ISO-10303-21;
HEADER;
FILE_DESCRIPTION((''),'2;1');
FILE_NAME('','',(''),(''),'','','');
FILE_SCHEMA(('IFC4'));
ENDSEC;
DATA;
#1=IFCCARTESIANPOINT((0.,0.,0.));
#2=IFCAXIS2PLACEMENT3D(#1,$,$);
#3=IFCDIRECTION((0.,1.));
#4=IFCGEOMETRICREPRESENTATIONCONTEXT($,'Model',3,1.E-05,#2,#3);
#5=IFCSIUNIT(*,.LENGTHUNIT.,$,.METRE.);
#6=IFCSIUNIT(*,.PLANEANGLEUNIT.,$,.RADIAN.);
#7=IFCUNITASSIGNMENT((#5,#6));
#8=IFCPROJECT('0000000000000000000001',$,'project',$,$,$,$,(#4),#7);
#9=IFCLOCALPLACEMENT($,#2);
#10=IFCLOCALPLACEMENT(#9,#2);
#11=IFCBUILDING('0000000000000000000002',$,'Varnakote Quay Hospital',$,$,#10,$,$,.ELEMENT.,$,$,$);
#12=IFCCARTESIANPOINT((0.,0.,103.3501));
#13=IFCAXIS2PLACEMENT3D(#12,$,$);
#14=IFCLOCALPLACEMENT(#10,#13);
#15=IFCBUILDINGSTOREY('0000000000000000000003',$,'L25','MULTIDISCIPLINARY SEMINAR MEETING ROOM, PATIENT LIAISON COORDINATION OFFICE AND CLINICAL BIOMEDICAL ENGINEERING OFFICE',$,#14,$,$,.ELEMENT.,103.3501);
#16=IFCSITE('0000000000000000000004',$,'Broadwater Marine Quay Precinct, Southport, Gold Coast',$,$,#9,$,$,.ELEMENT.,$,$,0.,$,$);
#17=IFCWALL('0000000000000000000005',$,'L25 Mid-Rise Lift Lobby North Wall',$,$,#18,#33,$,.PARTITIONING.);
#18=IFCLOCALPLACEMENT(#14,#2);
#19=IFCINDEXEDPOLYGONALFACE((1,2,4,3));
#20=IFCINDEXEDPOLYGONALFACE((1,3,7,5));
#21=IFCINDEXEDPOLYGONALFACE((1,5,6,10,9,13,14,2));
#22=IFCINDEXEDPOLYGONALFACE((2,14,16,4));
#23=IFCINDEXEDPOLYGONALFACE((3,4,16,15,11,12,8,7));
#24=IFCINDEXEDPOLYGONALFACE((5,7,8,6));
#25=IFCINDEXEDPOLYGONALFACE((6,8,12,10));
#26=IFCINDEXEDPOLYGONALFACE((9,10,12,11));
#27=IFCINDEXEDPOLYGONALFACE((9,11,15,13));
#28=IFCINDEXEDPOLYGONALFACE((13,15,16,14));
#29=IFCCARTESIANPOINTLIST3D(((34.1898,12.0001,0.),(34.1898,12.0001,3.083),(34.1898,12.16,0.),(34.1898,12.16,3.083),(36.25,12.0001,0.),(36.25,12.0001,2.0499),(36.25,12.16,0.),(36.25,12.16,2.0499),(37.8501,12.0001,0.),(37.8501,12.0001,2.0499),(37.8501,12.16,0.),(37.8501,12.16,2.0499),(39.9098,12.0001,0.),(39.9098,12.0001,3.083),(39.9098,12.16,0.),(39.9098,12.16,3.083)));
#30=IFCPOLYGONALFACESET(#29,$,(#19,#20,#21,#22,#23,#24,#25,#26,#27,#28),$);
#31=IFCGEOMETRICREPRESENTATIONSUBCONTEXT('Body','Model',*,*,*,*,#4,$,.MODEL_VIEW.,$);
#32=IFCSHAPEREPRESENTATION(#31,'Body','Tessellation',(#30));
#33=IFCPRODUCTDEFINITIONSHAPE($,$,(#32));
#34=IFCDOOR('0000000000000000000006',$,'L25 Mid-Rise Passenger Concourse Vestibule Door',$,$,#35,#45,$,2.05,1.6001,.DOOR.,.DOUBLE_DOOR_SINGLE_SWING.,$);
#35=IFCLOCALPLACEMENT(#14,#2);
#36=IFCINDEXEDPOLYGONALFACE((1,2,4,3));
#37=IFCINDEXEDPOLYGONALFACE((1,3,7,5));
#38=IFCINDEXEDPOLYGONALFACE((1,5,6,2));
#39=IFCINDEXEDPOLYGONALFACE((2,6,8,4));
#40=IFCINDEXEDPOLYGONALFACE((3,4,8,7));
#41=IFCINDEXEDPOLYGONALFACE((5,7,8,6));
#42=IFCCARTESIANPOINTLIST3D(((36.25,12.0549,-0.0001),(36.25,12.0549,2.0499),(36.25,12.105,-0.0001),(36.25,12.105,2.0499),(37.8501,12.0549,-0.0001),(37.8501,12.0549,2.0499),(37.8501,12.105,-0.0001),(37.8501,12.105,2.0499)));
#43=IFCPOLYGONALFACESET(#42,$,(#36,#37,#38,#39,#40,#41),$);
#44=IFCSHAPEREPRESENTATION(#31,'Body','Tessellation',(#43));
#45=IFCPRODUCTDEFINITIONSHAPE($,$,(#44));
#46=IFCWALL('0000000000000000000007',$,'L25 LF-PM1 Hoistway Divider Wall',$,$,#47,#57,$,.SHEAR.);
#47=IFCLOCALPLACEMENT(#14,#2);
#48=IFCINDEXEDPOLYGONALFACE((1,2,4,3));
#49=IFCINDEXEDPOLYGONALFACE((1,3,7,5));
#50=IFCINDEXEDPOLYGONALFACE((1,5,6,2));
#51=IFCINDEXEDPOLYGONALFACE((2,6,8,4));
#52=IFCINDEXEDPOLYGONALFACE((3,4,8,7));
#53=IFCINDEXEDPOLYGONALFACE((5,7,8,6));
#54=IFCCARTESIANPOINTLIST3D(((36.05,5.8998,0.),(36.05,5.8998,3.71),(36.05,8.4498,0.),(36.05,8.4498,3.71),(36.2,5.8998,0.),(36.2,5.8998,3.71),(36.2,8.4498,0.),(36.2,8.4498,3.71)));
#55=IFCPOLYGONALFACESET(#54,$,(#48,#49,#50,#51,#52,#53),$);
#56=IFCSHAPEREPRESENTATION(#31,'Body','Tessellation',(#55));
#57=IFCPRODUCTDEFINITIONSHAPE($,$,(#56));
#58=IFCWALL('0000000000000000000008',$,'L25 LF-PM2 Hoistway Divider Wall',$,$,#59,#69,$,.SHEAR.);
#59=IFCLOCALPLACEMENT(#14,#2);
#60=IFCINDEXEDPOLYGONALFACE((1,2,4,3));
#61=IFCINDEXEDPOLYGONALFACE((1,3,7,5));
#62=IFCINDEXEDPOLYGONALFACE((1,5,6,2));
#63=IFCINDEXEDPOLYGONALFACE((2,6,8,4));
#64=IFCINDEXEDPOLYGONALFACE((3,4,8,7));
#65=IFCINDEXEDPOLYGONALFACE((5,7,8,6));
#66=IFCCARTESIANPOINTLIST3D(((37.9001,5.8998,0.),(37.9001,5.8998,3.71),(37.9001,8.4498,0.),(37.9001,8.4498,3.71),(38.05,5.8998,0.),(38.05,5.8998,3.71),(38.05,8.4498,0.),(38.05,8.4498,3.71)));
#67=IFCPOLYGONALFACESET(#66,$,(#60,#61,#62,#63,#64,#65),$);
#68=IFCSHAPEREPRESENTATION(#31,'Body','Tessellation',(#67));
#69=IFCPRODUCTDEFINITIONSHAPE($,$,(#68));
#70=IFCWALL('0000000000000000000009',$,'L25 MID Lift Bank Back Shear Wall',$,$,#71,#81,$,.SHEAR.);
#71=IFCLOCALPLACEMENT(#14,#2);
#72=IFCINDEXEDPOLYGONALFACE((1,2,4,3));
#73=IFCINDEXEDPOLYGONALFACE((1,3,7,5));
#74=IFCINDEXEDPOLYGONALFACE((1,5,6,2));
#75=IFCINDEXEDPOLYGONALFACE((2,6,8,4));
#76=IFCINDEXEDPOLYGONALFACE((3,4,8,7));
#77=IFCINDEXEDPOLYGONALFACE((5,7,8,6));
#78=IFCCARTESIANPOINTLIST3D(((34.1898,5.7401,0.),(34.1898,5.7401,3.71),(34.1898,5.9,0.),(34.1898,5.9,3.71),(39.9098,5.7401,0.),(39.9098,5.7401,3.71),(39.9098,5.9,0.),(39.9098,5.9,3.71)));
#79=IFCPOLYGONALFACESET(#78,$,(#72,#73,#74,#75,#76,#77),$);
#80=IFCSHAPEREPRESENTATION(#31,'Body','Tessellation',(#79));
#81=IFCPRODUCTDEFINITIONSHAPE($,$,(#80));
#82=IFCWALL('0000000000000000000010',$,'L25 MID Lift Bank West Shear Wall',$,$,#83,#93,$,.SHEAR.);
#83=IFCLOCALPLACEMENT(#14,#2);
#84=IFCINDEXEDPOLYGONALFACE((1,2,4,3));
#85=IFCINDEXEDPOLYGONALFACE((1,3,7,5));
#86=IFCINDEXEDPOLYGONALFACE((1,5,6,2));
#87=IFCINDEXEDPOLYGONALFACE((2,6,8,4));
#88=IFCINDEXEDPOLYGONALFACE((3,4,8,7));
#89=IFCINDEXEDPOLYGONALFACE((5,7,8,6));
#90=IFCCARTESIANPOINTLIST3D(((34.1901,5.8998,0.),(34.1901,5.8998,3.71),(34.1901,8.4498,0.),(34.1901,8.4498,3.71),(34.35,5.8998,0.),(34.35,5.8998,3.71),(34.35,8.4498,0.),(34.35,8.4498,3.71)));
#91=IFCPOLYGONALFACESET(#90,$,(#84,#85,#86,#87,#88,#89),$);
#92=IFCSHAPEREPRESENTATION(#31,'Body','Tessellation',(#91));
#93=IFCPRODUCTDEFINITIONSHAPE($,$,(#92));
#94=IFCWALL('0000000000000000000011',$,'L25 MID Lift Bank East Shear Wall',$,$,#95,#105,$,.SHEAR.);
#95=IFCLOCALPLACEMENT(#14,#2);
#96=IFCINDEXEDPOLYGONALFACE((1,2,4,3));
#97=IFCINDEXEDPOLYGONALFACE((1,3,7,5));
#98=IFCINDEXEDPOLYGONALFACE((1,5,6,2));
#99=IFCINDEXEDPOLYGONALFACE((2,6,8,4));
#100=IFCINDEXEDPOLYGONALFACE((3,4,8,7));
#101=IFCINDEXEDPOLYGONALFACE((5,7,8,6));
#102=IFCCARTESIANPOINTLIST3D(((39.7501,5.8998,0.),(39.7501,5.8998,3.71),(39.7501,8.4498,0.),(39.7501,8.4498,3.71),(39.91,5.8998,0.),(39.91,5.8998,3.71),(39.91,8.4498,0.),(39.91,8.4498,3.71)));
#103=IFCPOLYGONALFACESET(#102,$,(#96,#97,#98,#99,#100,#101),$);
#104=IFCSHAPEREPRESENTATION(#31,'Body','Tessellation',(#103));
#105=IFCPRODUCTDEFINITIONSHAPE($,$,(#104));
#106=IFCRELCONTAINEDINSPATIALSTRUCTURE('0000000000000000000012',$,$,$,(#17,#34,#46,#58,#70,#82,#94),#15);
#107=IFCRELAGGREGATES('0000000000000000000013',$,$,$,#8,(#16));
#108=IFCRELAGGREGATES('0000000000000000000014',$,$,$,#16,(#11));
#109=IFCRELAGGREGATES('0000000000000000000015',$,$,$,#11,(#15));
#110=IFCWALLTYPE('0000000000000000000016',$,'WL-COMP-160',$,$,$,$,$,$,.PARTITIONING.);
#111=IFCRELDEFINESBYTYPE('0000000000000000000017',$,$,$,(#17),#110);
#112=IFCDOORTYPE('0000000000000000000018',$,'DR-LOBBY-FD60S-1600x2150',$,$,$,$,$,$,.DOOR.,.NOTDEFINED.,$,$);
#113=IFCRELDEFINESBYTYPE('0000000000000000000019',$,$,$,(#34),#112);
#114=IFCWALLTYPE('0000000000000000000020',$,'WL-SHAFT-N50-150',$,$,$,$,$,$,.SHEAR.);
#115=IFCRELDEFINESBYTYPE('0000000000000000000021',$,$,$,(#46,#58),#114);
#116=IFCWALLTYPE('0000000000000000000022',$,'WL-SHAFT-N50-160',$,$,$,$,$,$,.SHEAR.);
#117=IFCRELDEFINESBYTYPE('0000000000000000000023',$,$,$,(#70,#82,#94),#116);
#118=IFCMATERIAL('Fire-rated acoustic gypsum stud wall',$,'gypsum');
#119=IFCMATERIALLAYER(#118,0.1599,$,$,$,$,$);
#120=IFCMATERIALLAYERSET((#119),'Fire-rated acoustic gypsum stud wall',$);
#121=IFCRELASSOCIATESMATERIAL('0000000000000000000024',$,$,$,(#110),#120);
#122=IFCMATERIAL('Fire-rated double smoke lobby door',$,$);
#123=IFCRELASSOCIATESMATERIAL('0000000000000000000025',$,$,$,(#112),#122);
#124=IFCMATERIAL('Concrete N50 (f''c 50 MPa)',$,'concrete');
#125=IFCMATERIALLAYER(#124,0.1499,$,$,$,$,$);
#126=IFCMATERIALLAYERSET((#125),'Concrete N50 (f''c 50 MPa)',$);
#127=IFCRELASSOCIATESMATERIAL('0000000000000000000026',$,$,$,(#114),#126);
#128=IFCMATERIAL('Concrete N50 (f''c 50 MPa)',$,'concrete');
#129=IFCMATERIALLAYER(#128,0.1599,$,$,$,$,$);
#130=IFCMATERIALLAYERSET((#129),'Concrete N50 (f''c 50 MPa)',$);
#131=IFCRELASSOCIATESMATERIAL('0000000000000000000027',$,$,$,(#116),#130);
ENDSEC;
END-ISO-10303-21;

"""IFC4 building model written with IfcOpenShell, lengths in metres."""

from ifc_helpers import new_model, si_unit, direction, frame, frame_2d, origin, place, context, subcontext, project, spatial, rectangle, extrude, material, layer, layer_set, type_object, element, fill, save


model = new_model("IFC4")

# Units and contexts
model_context = context("Model", 3, precision=1e-05, world=origin(), true_north=direction((0.0, 1.0)))
body_context = subcontext(model_context, "Body", "Model", "MODEL_VIEW")
ifc_project = project(units=[si_unit("LENGTHUNIT", "METRE"), si_unit("PLANEANGLEUNIT", "RADIAN")], contexts=[model_context])

# Site, building, storey
site_placement = place(None, origin())
site = spatial("IfcSite", under=ifc_project, at=site_placement, Name="Broadwater Marine Quay Precinct, Southport, Gold Coast", CompositionType="ELEMENT", RefElevation=0.0)
building_placement = place(site_placement, origin())
building = spatial("IfcBuilding", under=site, at=building_placement, Name="Varnakote Quay Hospital", CompositionType="ELEMENT")
storey_placement = place(building_placement, frame((0.0, 0.0, 103.3501)))
storey = spatial("IfcBuildingStorey", under=building, at=storey_placement, Name="L25", Description="MULTIDISCIPLINARY SEMINAR MEETING ROOM, PATIENT LIAISON COORDINATION OFFICE AND CLINICAL BIOMEDICAL ENGINEERING OFFICE", CompositionType="ELEMENT", Elevation=103.3501)

# Shared definitions
ifc_material_1 = material(Name="Fire-rated acoustic gypsum stud wall", Category="gypsum")
ifc_layer_1 = layer(ifc_material_1, 0.1599)
ifc_layer_set_1 = layer_set([ifc_layer_1], Name="Fire-rated acoustic gypsum stud wall")
wall_type_1 = type_object("IfcWallType", Name="WL-COMP-160", PredefinedType="PARTITIONING", material=ifc_layer_set_1)

# Wall, opening, door
wall_1_placement = place(storey_placement, frame((34.1899, 12.0801, 0.0), z_axis=(0.0, 0.0, 1.0), x_axis=(1.0, 0.0, 0.0)))
wall_1 = element("IfcWall", 1, at=wall_1_placement, inside=storey, type_object=wall_type_1, Name="L25 Mid-Rise Lift Lobby North Wall", PredefinedType="PARTITIONING", context=body_context, shape_type="SweptSolid", body=[
    extrude(rectangle(XDim=5.72, YDim=0.1599, at=frame_2d((2.8599, 0.0))), origin(), (0.0, 0.0, 1.0), 3.083),
])
opening_1_placement = place(wall_1_placement, frame((2.0601, 0.0, 0.0)))
opening_1 = element("IfcOpeningElement", 2, at=opening_1_placement, cuts=wall_1, PredefinedType="OPENING", context=body_context, shape_type="SweptSolid", body=[
    extrude(rectangle(XDim=1.6001, YDim=2.05, at=frame_2d((0.8, 1.0249))), frame((0.0, 0.0898, 0.0), z_axis=(0.0, -1.0, 0.0), x_axis=(1.0, 0.0, 0.0)), (0.0, 0.0, 1.0), 0.1799),
])
ifc_material_2 = material(Name="Fire-rated double smoke lobby door")
door_type_1 = type_object("IfcDoorType", Name="DR-LOBBY-FD60S-1600x2150", OperationType="NOTDEFINED", PredefinedType="DOOR", material=ifc_material_2)
door_1_placement = place(opening_1_placement, origin())
door_1 = element("IfcDoor", 3, at=door_1_placement, inside=storey, type_object=door_type_1, Name="L25 Mid-Rise Passenger Concourse Vestibule Door", OperationType="DOUBLE_DOOR_SINGLE_SWING", OverallHeight=2.05, OverallWidth=1.6001, PredefinedType="DOOR", context=body_context, shape_type="SweptSolid", body=[
    extrude(rectangle(XDim=1.6001, YDim=2.05, at=frame_2d((0.8, 1.0249))), frame((0.0, 0.0249, 0.0), z_axis=(0.0, -1.0, 0.0), x_axis=(1.0, 0.0, 0.0)), (0.0, 0.0, 1.0), 0.05),
])
fill(opening_1, door_1)

# Walls
ifc_material_3 = material(Name="Concrete N50 (f'c 50 MPa)", Category="concrete")
ifc_layer_2 = layer(ifc_material_3, 0.1499)
ifc_layer_set_2 = layer_set([ifc_layer_2], Name="Concrete N50 (f'c 50 MPa)")
wall_type_2 = type_object("IfcWallType", Name="WL-SHAFT-N50-150", PredefinedType="SHEAR", material=ifc_layer_set_2)
for number, where, z_axis, x_axis, name in (
    (4, (36.125, 5.8999, 0.0), (0.0, 0.0, 1.0), (0.0, 1.0, 0.0), "L25 LF-PM1 Hoistway Divider Wall"),
    (5, (37.9751, 5.8999, 0.0), (0.0, 0.0, 1.0), (0.0, 1.0, 0.0), "L25 LF-PM2 Hoistway Divider Wall"),
):
    element("IfcWall", number, at=place(storey_placement, frame(where, z_axis=z_axis, x_axis=x_axis)), inside=storey, type_object=wall_type_2, Name=name, PredefinedType="SHEAR", context=body_context, shape_type="SweptSolid", body=[
        extrude(rectangle(XDim=2.55, YDim=0.1499, at=frame_2d((1.2749, 0.0))), origin(), (0.0, 0.0, 1.0), 3.71),
    ])
ifc_material_4 = material(Name="Concrete N50 (f'c 50 MPa)", Category="concrete")
ifc_layer_3 = layer(ifc_material_4, 0.1599)
ifc_layer_set_3 = layer_set([ifc_layer_3], Name="Concrete N50 (f'c 50 MPa)")
wall_type_3 = type_object("IfcWallType", Name="WL-SHAFT-N50-160", PredefinedType="SHEAR", material=ifc_layer_set_3)
wall_2_placement = place(storey_placement, frame((34.1899, 5.8201, 0.0), z_axis=(0.0, 0.0, 1.0), x_axis=(1.0, 0.0, 0.0)))
element("IfcWall", 6, at=wall_2_placement, inside=storey, type_object=wall_type_3, Name="L25 MID Lift Bank Back Shear Wall", PredefinedType="SHEAR", context=body_context, shape_type="SweptSolid", body=[
    extrude(rectangle(XDim=5.72, YDim=0.1599, at=frame_2d((2.8599, 0.0))), origin(), (0.0, 0.0, 1.0), 3.71),
])
for number, where, z_axis, x_axis, name in (
    (7, (34.27, 5.8999, 0.0), (0.0, 0.0, 1.0), (0.0, 1.0, 0.0), "L25 MID Lift Bank West Shear Wall"),
    (8, (39.8301, 5.8999, 0.0), (0.0, 0.0, 1.0), (0.0, 1.0, 0.0), "L25 MID Lift Bank East Shear Wall"),
):
    element("IfcWall", number, at=place(storey_placement, frame(where, z_axis=z_axis, x_axis=x_axis)), inside=storey, type_object=wall_type_3, Name=name, PredefinedType="SHEAR", context=body_context, shape_type="SweptSolid", body=[
        extrude(rectangle(XDim=2.55, YDim=0.1599, at=frame_2d((1.2749, 0.0))), origin(), (0.0, 0.0, 1.0), 3.71),
    ])

save(model, "model.ifc")
